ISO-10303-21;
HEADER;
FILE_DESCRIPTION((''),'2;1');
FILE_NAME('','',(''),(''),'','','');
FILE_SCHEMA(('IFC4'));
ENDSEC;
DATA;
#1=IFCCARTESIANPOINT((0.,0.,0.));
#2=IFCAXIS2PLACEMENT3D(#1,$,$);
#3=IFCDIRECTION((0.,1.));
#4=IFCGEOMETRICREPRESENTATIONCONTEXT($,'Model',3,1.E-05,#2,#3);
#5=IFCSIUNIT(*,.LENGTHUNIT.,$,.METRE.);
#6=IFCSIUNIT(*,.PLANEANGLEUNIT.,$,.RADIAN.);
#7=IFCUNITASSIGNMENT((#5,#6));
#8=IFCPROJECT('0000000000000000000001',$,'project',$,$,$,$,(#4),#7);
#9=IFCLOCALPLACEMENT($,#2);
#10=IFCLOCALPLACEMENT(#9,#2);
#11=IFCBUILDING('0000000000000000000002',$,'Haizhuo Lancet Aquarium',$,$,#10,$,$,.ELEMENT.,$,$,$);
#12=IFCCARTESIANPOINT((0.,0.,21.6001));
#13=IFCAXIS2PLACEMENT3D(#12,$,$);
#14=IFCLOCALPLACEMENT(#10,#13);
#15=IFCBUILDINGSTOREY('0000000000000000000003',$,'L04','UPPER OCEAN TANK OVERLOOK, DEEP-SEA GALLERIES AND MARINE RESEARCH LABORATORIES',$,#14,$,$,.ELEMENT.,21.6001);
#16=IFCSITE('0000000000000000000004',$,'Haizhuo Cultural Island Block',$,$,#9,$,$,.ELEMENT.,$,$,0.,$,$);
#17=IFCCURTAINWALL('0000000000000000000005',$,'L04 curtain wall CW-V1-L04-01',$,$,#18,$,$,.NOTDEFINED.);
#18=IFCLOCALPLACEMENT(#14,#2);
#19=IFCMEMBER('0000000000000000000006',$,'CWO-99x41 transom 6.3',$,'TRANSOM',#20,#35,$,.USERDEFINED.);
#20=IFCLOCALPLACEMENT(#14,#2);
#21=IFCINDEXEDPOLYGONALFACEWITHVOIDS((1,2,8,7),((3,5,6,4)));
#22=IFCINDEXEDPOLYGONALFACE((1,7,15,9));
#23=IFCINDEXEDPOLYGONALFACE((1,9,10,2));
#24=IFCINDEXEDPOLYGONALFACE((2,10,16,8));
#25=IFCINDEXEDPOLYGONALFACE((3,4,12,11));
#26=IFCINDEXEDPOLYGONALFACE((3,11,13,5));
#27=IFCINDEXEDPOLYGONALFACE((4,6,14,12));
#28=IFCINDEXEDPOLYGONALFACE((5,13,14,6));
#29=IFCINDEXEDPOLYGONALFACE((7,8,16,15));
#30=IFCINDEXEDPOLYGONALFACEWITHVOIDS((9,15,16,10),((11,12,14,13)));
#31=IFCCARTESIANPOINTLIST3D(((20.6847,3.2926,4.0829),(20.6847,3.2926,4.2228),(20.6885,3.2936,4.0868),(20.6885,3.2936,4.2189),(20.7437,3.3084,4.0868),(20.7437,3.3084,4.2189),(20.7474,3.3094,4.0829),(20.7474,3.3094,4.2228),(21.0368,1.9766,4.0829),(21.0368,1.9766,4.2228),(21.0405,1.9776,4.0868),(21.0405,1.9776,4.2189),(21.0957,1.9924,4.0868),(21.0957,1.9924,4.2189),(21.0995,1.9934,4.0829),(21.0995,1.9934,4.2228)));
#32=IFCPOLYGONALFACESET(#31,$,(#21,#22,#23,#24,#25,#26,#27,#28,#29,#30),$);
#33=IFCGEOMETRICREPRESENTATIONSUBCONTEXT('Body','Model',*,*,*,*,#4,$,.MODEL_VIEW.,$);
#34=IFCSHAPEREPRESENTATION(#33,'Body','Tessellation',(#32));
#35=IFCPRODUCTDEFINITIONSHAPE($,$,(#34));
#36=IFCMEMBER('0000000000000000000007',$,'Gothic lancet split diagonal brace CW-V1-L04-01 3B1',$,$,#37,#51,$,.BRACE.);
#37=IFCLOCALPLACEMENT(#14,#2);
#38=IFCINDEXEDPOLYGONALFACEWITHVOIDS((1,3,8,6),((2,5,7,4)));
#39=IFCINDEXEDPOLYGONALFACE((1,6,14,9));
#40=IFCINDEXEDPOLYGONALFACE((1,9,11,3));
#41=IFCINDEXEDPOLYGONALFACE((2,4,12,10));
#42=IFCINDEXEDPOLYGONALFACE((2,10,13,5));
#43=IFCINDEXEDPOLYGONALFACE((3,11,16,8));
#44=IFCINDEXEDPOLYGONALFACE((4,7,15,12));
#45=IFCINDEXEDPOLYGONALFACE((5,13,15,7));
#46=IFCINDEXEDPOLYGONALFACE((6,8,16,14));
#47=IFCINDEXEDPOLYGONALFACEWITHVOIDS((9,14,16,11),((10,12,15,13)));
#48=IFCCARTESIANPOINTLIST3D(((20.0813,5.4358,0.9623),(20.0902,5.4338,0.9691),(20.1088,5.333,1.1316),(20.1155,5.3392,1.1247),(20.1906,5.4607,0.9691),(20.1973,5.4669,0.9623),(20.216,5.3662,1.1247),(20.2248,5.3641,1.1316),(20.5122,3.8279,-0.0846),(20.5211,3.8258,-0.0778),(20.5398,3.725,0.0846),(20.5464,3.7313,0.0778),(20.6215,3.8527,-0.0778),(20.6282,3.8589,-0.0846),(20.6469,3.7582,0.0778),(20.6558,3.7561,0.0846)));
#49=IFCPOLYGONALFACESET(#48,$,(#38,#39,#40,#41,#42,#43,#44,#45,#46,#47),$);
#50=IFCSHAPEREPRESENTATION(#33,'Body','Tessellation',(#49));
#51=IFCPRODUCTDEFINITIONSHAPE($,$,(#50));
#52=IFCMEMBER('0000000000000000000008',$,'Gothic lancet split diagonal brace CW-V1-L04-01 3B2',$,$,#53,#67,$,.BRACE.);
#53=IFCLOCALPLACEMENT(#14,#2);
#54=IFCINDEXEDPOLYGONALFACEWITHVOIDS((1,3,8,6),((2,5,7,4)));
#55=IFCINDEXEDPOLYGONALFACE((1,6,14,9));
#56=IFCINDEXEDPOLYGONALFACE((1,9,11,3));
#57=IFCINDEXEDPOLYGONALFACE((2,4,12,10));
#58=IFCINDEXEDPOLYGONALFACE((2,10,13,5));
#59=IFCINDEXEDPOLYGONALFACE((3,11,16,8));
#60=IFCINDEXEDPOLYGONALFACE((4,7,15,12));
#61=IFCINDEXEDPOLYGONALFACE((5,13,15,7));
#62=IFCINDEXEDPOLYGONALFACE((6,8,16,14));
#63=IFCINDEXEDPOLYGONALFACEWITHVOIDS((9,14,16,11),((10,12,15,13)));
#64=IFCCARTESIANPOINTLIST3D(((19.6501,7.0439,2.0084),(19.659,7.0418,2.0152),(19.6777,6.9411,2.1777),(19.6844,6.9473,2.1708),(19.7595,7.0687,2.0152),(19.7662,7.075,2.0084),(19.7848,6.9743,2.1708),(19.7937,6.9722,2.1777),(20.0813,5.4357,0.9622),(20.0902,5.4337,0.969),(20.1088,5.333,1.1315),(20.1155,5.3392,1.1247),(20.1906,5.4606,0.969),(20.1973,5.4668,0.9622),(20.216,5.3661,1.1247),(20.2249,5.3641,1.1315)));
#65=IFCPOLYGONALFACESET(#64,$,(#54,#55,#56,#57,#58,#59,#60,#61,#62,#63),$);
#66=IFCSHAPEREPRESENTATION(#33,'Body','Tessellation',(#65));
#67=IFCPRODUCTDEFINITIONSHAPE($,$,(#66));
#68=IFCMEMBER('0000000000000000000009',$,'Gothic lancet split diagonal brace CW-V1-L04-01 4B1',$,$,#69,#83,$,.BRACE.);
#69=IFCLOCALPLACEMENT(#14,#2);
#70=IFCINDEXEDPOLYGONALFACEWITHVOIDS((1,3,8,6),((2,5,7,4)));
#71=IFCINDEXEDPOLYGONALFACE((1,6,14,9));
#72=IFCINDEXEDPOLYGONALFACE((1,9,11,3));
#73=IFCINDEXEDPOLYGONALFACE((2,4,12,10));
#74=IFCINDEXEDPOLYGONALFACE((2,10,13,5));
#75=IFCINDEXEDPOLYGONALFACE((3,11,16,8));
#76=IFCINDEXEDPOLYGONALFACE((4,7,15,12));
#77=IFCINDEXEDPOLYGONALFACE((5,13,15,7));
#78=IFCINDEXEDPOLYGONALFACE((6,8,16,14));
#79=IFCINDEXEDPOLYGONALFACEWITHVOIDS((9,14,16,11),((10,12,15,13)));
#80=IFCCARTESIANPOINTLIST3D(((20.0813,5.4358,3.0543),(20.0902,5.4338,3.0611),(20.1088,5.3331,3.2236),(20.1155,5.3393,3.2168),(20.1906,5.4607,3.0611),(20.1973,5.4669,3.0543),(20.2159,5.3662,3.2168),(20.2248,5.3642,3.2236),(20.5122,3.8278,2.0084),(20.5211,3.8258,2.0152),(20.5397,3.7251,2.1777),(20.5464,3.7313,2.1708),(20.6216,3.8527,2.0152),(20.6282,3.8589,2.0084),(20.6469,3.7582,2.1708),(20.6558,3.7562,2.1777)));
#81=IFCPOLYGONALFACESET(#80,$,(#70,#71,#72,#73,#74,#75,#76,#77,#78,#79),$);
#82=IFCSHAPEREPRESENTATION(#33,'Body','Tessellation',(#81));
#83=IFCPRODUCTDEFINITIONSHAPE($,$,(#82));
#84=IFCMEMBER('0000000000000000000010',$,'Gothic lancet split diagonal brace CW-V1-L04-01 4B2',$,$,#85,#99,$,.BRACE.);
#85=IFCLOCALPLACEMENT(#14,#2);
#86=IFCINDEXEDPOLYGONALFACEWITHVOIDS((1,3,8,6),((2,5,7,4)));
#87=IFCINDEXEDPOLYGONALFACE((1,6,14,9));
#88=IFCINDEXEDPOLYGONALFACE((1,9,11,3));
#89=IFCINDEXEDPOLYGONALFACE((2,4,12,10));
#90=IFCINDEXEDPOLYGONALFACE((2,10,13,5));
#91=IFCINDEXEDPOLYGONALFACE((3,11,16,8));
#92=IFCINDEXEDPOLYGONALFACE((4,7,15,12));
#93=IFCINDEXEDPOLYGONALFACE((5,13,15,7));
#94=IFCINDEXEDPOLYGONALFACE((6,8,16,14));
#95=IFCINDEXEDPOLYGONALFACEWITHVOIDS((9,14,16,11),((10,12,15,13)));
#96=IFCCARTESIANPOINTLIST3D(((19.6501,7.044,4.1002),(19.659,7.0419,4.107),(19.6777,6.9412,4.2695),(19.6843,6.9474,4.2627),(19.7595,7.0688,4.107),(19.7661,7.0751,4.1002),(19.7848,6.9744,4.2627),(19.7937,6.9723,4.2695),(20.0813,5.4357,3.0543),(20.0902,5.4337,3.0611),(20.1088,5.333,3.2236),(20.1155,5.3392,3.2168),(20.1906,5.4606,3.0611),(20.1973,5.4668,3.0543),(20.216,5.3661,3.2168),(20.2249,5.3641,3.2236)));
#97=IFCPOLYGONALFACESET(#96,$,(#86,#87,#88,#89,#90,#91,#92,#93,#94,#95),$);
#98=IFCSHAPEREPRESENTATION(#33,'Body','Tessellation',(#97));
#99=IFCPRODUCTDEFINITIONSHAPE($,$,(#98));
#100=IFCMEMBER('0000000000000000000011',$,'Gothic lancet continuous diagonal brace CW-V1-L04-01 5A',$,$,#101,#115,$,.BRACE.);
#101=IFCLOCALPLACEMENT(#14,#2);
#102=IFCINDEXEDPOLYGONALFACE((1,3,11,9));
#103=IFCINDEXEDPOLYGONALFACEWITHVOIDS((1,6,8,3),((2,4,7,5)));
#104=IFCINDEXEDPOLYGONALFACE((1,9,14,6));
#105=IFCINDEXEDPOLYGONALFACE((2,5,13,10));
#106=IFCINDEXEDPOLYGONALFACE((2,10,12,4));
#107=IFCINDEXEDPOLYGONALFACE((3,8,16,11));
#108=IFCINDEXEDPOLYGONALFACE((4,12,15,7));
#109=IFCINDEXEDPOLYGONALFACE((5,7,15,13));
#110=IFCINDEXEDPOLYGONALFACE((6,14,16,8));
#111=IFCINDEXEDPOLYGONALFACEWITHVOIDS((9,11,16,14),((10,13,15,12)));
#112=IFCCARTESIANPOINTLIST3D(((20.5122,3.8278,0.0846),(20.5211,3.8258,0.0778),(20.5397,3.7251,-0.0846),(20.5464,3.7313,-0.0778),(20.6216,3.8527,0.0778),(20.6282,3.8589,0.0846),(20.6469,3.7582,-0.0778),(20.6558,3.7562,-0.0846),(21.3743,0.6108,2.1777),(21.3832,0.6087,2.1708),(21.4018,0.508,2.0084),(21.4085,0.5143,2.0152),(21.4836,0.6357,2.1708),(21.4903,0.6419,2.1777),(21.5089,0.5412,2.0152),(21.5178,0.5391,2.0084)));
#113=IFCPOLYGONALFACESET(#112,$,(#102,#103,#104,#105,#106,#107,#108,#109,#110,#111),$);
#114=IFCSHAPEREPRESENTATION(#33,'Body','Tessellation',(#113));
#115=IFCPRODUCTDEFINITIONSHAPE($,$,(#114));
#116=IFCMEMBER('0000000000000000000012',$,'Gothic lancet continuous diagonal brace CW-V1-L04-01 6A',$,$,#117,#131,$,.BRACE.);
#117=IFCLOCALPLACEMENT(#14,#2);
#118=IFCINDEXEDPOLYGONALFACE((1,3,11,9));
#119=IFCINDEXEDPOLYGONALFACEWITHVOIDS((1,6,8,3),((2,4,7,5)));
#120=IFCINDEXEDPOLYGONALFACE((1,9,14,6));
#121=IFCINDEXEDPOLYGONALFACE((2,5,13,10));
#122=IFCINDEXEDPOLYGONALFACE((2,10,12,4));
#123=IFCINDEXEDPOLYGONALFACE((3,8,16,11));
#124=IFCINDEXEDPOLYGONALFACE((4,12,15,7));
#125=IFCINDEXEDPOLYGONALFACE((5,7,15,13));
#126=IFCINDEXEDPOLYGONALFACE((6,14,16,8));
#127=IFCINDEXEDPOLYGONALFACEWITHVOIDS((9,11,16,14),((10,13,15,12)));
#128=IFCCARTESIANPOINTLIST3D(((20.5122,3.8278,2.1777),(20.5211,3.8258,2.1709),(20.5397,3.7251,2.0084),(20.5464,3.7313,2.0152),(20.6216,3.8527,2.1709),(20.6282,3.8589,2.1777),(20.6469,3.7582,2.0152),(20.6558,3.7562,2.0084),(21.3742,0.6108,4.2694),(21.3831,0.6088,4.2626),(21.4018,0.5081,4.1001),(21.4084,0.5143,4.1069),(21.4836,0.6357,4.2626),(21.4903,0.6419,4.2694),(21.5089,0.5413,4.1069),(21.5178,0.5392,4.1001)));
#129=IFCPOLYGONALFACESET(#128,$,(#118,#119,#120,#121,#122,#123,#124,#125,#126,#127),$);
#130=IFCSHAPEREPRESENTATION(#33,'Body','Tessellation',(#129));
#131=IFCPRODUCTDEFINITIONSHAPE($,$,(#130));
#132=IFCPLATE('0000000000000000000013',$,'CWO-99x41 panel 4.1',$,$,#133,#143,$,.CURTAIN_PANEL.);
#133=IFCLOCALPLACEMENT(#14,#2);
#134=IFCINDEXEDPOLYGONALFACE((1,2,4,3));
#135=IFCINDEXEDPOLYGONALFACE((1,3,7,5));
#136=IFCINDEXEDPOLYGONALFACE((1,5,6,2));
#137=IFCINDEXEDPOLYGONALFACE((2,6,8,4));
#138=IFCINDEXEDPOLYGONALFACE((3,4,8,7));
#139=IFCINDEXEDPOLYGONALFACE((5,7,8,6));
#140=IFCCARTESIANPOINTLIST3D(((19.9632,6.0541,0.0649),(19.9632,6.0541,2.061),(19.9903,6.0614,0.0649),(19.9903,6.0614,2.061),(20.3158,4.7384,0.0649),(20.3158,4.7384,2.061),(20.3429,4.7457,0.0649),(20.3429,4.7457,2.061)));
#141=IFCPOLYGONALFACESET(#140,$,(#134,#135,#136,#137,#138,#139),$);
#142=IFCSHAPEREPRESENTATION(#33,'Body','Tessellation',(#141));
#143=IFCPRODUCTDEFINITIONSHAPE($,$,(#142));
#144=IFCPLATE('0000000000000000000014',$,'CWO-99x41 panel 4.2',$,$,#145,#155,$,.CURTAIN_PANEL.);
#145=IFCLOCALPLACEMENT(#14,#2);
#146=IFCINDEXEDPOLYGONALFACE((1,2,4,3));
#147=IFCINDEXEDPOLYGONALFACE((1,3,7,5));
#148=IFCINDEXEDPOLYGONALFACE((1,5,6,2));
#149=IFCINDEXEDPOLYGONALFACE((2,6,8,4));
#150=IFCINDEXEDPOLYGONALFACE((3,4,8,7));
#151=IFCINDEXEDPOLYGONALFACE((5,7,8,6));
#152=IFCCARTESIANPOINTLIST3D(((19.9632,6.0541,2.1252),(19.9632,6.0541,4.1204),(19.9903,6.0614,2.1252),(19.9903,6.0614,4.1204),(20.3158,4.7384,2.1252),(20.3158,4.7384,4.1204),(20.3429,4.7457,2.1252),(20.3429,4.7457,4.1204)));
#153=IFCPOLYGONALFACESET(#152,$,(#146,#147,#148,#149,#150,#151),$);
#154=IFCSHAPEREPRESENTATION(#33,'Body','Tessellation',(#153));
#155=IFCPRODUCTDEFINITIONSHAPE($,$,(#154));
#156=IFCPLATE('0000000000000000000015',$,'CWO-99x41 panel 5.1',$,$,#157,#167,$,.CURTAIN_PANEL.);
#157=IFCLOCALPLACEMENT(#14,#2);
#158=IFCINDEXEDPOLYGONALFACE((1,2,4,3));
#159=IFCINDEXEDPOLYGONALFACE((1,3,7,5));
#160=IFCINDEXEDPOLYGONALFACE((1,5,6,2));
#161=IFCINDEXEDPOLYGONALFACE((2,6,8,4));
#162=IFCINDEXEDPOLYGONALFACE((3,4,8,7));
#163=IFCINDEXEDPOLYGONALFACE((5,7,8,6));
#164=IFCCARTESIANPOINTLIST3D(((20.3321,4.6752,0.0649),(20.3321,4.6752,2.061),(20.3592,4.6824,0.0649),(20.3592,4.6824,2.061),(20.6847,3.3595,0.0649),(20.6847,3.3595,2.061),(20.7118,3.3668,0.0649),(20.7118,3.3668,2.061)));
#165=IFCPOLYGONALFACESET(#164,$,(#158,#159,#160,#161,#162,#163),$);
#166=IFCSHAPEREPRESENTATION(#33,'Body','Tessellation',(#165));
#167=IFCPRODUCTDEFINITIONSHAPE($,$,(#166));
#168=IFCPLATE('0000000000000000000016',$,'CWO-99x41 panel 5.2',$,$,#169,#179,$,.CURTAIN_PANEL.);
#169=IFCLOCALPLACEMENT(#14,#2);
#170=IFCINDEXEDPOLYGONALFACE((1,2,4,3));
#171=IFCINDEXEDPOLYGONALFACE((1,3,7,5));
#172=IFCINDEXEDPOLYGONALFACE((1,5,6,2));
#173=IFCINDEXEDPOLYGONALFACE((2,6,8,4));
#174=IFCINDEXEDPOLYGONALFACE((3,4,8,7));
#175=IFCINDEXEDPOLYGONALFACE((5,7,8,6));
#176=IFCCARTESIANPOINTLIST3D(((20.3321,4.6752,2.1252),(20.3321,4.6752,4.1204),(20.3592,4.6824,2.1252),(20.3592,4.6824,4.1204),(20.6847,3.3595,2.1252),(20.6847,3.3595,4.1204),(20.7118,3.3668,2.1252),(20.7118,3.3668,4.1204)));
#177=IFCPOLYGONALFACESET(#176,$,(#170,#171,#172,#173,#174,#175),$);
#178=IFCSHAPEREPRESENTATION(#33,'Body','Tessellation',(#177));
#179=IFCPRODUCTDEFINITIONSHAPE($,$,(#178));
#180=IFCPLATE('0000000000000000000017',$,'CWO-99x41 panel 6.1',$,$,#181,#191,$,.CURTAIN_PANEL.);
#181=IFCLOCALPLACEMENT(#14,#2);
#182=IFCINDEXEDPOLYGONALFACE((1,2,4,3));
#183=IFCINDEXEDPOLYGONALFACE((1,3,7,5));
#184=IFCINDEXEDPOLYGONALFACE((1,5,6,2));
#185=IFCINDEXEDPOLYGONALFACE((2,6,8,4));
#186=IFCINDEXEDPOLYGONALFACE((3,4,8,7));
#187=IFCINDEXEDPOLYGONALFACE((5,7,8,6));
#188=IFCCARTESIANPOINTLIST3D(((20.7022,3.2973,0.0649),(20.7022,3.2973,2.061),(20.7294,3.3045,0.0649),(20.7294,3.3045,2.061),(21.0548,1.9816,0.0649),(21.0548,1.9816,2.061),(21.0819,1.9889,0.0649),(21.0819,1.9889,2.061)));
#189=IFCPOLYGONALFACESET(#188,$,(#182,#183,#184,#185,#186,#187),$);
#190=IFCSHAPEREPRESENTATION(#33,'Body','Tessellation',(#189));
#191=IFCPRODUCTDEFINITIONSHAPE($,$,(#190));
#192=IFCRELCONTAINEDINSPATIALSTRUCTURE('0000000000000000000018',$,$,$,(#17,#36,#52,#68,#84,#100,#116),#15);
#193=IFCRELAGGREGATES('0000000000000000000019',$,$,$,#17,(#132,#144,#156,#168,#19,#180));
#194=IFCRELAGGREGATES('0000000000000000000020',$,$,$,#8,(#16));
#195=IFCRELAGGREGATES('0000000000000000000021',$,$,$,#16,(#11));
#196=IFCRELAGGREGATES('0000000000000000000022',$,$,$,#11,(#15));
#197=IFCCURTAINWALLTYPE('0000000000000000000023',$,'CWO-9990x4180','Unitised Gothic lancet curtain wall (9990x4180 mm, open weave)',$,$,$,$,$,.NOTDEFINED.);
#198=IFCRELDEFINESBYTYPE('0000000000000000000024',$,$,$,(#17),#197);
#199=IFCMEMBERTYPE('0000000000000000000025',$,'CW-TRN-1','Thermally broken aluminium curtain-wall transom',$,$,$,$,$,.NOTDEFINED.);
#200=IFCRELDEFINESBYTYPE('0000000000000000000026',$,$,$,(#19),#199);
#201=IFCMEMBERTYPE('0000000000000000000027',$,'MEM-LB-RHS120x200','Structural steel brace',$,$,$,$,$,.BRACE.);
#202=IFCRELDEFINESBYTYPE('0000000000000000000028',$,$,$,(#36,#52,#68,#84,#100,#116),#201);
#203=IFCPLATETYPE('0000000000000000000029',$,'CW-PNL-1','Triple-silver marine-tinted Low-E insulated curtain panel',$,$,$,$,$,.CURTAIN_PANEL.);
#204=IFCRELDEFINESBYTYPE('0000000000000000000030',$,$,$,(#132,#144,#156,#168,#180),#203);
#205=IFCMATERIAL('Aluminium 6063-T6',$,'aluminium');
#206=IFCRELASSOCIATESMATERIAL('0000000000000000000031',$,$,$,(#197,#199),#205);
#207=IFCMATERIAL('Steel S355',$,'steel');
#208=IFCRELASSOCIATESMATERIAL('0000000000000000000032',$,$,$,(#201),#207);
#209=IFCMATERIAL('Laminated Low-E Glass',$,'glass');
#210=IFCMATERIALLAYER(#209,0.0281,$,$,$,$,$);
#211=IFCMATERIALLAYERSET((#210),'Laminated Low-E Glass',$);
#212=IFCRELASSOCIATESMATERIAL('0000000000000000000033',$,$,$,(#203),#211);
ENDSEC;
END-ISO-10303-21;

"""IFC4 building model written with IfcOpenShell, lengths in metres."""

from ifc_helpers import new_model, si_unit, direction, frame, origin, origin_2d, place, context, subcontext, project, spatial, rectangle, hollow_rectangle, extrude, material, layer, layer_set, material_profile, profile_set, type_object, element, aggregate, save


model = new_model("IFC4")

# Units and contexts
model_context = context("Model", 3, precision=1e-05, world=origin(), true_north=direction((0.0, 1.0)))
body_context = subcontext(model_context, "Body", "Model", "MODEL_VIEW")
ifc_project = project(units=[si_unit("LENGTHUNIT", "METRE"), si_unit("PLANEANGLEUNIT", "RADIAN")], contexts=[model_context])

# Site, building, storey
site_placement = place(None, origin())
site = spatial("IfcSite", under=ifc_project, at=site_placement, Name="Haizhuo Cultural Island Block", CompositionType="ELEMENT", RefElevation=0.0)
building_placement = place(site_placement, origin())
building = spatial("IfcBuilding", under=site, at=building_placement, Name="Haizhuo Lancet Aquarium", CompositionType="ELEMENT")
storey_placement = place(building_placement, frame((0.0, 0.0, 21.6001)))
storey = spatial("IfcBuildingStorey", under=building, at=storey_placement, Name="L04", Description="UPPER OCEAN TANK OVERLOOK, DEEP-SEA GALLERIES AND MARINE RESEARCH LABORATORIES", CompositionType="ELEMENT", Elevation=21.6001)

# Curtain wall, member
ifc_material_1 = material(Name="Aluminium 6063-T6", Category="aluminium")
curtain_wall_type = type_object("IfcCurtainWallType", Name="CWO-9990x4180", Description="Unitised Gothic lancet curtain wall (9990x4180 mm, open weave)", PredefinedType="NOTDEFINED", material=ifc_material_1)
curtain_wall_placement = place(storey_placement, origin())
curtain_wall = element("IfcCurtainWall", 1, at=curtain_wall_placement, inside=storey, type_object=curtain_wall_type, Name="L04 curtain wall CW-V1-L04-01", PredefinedType="NOTDEFINED")
ifc_material_profile_1 = material_profile(ifc_material_1, hollow_rectangle(XDim=0.0649, YDim=0.1399, WallThickness=0.0039, at=origin_2d()), Name="ALU-T 65x140x4")
ifc_profile_set_1 = profile_set([ifc_material_profile_1], Name="Aluminium 6063-T6")
member_type_1 = type_object("IfcMemberType", Name="CW-TRN-1", Description="Thermally broken aluminium curtain-wall transom", PredefinedType="NOTDEFINED", material=ifc_profile_set_1)
member_1_placement = place(storey_placement, frame((20.7161, 3.301, 4.1528), z_axis=(0.258443, -0.966026, 0.0), x_axis=(0.966026, 0.258443, 0.0)))
member_1 = element("IfcMember", 2, at=member_1_placement, type_object=member_type_1, Name="CWO-99x41 transom 6.3", ObjectType="TRANSOM", PredefinedType="USERDEFINED", context=body_context, shape_type="SweptSolid", body=[
    extrude(hollow_rectangle(XDim=0.0649, YDim=0.1399, WallThickness=0.0039, at=origin_2d()), origin(), (0.0, 0.0, 1.0), 1.3623),
])

# Members
ifc_material_2 = material(Name="Steel S355", Category="steel")
ifc_material_profile_2 = material_profile(ifc_material_2, hollow_rectangle(XDim=0.1201, YDim=0.2, WallThickness=0.0081, at=origin_2d()), Name="RHS 120x200x8")
ifc_profile_set_2 = profile_set([ifc_material_profile_2], Name="Steel S355")
member_type_2 = type_object("IfcMemberType", Name="MEM-LB-RHS120x200", Description="Structural steel brace", PredefinedType="BRACE", material=ifc_profile_set_2)
member_2_placement = place(storey_placement, frame((20.584, 3.792, 0.0), z_axis=(-0.219128, 0.817663, 0.532363), x_axis=(-0.965915, -0.258858, 0.0)))
element("IfcMember", 3, at=member_2_placement, inside=storey, type_object=member_type_2, Name="Gothic lancet split diagonal brace CW-V1-L04-01 3B1", PredefinedType="BRACE", context=body_context, shape_type="SweptSolid", body=[
    extrude(hollow_rectangle(XDim=0.1201, YDim=0.2, WallThickness=0.0081, at=origin_2d()), origin(), (0.0, 0.0, 1.0), 1.9666),
])
member_3_placement = place(storey_placement, frame((20.1531, 5.3999, 1.0469), z_axis=(-0.219267, 0.817844, 0.532027), x_axis=(-0.965888, -0.258958, 0.0)))
element("IfcMember", 4, at=member_3_placement, inside=storey, type_object=member_type_2, Name="Gothic lancet split diagonal brace CW-V1-L04-01 3B2", PredefinedType="BRACE", context=body_context, shape_type="SweptSolid", body=[
    extrude(hollow_rectangle(XDim=0.1201, YDim=0.2, WallThickness=0.0081, at=origin_2d()), origin(), (0.0, 0.0, 1.0), 1.9663),
])
member_4_placement = place(storey_placement, frame((20.584, 3.792, 2.093), z_axis=(-0.219186, 0.817879, 0.532007), x_axis=(-0.965915, -0.258858, 0.0)))
element("IfcMember", 5, at=member_4_placement, inside=storey, type_object=member_type_2, Name="Gothic lancet split diagonal brace CW-V1-L04-01 4B1", PredefinedType="BRACE", context=body_context, shape_type="SweptSolid", body=[
    extrude(hollow_rectangle(XDim=0.1201, YDim=0.2, WallThickness=0.0081, at=origin_2d()), origin(), (0.0, 0.0, 1.0), 1.9661),
])
member_5_placement = place(storey_placement, frame((20.1531, 5.3999, 3.1389), z_axis=(-0.219282, 0.817898, 0.531938), x_axis=(-0.965888, -0.258958, 0.0)))
element("IfcMember", 6, at=member_5_placement, inside=storey, type_object=member_type_2, Name="Gothic lancet split diagonal brace CW-V1-L04-01 4B2", PredefinedType="BRACE", context=body_context, shape_type="SweptSolid", body=[
    extrude(hollow_rectangle(XDim=0.1201, YDim=0.2, WallThickness=0.0081, at=origin_2d()), origin(), (0.0, 0.0, 1.0), 1.9663),
])
member_6_placement = place(storey_placement, frame((20.584, 3.792, 0.0), z_axis=(0.219153, -0.817836, 0.532087), x_axis=(0.965922, 0.258835, 0.0)))
element("IfcMember", 7, at=member_6_placement, inside=storey, type_object=member_type_2, Name="Gothic lancet continuous diagonal brace CW-V1-L04-01 5A", PredefinedType="BRACE", context=body_context, shape_type="SweptSolid", body=[
    extrude(hollow_rectangle(XDim=0.1201, YDim=0.2, WallThickness=0.0081, at=origin_2d()), origin(), (0.0, 0.0, 1.0), 3.9336),
])
member_7_placement = place(storey_placement, frame((20.584, 3.792, 2.093), z_axis=(0.219189, -0.817971, 0.531864), x_axis=(0.965922, 0.258835, 0.0)))
element("IfcMember", 8, at=member_7_placement, inside=storey, type_object=member_type_2, Name="Gothic lancet continuous diagonal brace CW-V1-L04-01 6A", PredefinedType="BRACE", context=body_context, shape_type="SweptSolid", body=[
    extrude(hollow_rectangle(XDim=0.1201, YDim=0.2, WallThickness=0.0081, at=origin_2d()), origin(), (0.0, 0.0, 1.0), 3.9329),
])

# Plates
ifc_material_3 = material(Name="Laminated Low-E Glass", Category="glass")
ifc_layer = layer(ifc_material_3, 0.0281)
ifc_layer_set = layer_set([ifc_layer], Name="Laminated Low-E Glass")
plate_type = type_object("IfcPlateType", Name="CW-PNL-1", Description="Triple-silver marine-tinted Low-E insulated curtain panel", PredefinedType="CURTAIN_PANEL", material=ifc_layer_set)
plate_1_placement = place(storey_placement, frame((20.1531, 5.3999, 0.0649), z_axis=(0.0, 0.0, 1.0), x_axis=(0.258853, -0.965917, 0.0)))
plate_1 = element("IfcPlate", 9, at=plate_1_placement, type_object=plate_type, Name="CWO-99x41 panel 4.1", PredefinedType="CURTAIN_PANEL", context=body_context, shape_type="SweptSolid", body=[
    extrude(rectangle(XDim=1.3621, YDim=0.0281, at=origin_2d()), origin(), (0.0, 0.0, 1.0), 1.9961),
])
plate_2_placement = place(storey_placement, frame((20.1531, 5.3999, 2.1252), z_axis=(0.0, 0.0, 1.0), x_axis=(0.258853, -0.965917, 0.0)))
plate_2 = element("IfcPlate", 10, at=plate_2_placement, type_object=plate_type, Name="CWO-99x41 panel 4.2", PredefinedType="CURTAIN_PANEL", context=body_context, shape_type="SweptSolid", body=[
    extrude(rectangle(XDim=1.3621, YDim=0.0281, at=origin_2d()), origin(), (0.0, 0.0, 1.0), 1.9951),
])
plate_3_placement = place(storey_placement, frame((20.522, 4.021, 0.0649), z_axis=(0.0, 0.0, 1.0), x_axis=(0.258853, -0.965917, 0.0)))
plate_3 = element("IfcPlate", 11, at=plate_3_placement, type_object=plate_type, Name="CWO-99x41 panel 5.1", PredefinedType="CURTAIN_PANEL", context=body_context, shape_type="SweptSolid", body=[
    extrude(rectangle(XDim=1.3621, YDim=0.0281, at=origin_2d()), origin(), (0.0, 0.0, 1.0), 1.9961),
])
plate_4_placement = place(storey_placement, frame((20.522, 4.021, 2.1252), z_axis=(0.0, 0.0, 1.0), x_axis=(0.258853, -0.965917, 0.0)))
plate_4 = element("IfcPlate", 12, at=plate_4_placement, type_object=plate_type, Name="CWO-99x41 panel 5.2", PredefinedType="CURTAIN_PANEL", context=body_context, shape_type="SweptSolid", body=[
    extrude(rectangle(XDim=1.3621, YDim=0.0281, at=origin_2d()), origin(), (0.0, 0.0, 1.0), 1.9951),
])
plate_5_placement = place(storey_placement, frame((20.8921, 2.6431, 0.0649), z_axis=(0.0, 0.0, 1.0), x_axis=(0.258853, -0.965917, 0.0)))
plate_5 = element("IfcPlate", 13, at=plate_5_placement, type_object=plate_type, Name="CWO-99x41 panel 6.1", PredefinedType="CURTAIN_PANEL", context=body_context, shape_type="SweptSolid", body=[
    extrude(rectangle(XDim=1.3621, YDim=0.0281, at=origin_2d()), origin(), (0.0, 0.0, 1.0), 1.9961),
])
aggregate(curtain_wall, [plate_1, plate_2, plate_3, plate_4, member_1, plate_5])

save(model, "model.ifc")
